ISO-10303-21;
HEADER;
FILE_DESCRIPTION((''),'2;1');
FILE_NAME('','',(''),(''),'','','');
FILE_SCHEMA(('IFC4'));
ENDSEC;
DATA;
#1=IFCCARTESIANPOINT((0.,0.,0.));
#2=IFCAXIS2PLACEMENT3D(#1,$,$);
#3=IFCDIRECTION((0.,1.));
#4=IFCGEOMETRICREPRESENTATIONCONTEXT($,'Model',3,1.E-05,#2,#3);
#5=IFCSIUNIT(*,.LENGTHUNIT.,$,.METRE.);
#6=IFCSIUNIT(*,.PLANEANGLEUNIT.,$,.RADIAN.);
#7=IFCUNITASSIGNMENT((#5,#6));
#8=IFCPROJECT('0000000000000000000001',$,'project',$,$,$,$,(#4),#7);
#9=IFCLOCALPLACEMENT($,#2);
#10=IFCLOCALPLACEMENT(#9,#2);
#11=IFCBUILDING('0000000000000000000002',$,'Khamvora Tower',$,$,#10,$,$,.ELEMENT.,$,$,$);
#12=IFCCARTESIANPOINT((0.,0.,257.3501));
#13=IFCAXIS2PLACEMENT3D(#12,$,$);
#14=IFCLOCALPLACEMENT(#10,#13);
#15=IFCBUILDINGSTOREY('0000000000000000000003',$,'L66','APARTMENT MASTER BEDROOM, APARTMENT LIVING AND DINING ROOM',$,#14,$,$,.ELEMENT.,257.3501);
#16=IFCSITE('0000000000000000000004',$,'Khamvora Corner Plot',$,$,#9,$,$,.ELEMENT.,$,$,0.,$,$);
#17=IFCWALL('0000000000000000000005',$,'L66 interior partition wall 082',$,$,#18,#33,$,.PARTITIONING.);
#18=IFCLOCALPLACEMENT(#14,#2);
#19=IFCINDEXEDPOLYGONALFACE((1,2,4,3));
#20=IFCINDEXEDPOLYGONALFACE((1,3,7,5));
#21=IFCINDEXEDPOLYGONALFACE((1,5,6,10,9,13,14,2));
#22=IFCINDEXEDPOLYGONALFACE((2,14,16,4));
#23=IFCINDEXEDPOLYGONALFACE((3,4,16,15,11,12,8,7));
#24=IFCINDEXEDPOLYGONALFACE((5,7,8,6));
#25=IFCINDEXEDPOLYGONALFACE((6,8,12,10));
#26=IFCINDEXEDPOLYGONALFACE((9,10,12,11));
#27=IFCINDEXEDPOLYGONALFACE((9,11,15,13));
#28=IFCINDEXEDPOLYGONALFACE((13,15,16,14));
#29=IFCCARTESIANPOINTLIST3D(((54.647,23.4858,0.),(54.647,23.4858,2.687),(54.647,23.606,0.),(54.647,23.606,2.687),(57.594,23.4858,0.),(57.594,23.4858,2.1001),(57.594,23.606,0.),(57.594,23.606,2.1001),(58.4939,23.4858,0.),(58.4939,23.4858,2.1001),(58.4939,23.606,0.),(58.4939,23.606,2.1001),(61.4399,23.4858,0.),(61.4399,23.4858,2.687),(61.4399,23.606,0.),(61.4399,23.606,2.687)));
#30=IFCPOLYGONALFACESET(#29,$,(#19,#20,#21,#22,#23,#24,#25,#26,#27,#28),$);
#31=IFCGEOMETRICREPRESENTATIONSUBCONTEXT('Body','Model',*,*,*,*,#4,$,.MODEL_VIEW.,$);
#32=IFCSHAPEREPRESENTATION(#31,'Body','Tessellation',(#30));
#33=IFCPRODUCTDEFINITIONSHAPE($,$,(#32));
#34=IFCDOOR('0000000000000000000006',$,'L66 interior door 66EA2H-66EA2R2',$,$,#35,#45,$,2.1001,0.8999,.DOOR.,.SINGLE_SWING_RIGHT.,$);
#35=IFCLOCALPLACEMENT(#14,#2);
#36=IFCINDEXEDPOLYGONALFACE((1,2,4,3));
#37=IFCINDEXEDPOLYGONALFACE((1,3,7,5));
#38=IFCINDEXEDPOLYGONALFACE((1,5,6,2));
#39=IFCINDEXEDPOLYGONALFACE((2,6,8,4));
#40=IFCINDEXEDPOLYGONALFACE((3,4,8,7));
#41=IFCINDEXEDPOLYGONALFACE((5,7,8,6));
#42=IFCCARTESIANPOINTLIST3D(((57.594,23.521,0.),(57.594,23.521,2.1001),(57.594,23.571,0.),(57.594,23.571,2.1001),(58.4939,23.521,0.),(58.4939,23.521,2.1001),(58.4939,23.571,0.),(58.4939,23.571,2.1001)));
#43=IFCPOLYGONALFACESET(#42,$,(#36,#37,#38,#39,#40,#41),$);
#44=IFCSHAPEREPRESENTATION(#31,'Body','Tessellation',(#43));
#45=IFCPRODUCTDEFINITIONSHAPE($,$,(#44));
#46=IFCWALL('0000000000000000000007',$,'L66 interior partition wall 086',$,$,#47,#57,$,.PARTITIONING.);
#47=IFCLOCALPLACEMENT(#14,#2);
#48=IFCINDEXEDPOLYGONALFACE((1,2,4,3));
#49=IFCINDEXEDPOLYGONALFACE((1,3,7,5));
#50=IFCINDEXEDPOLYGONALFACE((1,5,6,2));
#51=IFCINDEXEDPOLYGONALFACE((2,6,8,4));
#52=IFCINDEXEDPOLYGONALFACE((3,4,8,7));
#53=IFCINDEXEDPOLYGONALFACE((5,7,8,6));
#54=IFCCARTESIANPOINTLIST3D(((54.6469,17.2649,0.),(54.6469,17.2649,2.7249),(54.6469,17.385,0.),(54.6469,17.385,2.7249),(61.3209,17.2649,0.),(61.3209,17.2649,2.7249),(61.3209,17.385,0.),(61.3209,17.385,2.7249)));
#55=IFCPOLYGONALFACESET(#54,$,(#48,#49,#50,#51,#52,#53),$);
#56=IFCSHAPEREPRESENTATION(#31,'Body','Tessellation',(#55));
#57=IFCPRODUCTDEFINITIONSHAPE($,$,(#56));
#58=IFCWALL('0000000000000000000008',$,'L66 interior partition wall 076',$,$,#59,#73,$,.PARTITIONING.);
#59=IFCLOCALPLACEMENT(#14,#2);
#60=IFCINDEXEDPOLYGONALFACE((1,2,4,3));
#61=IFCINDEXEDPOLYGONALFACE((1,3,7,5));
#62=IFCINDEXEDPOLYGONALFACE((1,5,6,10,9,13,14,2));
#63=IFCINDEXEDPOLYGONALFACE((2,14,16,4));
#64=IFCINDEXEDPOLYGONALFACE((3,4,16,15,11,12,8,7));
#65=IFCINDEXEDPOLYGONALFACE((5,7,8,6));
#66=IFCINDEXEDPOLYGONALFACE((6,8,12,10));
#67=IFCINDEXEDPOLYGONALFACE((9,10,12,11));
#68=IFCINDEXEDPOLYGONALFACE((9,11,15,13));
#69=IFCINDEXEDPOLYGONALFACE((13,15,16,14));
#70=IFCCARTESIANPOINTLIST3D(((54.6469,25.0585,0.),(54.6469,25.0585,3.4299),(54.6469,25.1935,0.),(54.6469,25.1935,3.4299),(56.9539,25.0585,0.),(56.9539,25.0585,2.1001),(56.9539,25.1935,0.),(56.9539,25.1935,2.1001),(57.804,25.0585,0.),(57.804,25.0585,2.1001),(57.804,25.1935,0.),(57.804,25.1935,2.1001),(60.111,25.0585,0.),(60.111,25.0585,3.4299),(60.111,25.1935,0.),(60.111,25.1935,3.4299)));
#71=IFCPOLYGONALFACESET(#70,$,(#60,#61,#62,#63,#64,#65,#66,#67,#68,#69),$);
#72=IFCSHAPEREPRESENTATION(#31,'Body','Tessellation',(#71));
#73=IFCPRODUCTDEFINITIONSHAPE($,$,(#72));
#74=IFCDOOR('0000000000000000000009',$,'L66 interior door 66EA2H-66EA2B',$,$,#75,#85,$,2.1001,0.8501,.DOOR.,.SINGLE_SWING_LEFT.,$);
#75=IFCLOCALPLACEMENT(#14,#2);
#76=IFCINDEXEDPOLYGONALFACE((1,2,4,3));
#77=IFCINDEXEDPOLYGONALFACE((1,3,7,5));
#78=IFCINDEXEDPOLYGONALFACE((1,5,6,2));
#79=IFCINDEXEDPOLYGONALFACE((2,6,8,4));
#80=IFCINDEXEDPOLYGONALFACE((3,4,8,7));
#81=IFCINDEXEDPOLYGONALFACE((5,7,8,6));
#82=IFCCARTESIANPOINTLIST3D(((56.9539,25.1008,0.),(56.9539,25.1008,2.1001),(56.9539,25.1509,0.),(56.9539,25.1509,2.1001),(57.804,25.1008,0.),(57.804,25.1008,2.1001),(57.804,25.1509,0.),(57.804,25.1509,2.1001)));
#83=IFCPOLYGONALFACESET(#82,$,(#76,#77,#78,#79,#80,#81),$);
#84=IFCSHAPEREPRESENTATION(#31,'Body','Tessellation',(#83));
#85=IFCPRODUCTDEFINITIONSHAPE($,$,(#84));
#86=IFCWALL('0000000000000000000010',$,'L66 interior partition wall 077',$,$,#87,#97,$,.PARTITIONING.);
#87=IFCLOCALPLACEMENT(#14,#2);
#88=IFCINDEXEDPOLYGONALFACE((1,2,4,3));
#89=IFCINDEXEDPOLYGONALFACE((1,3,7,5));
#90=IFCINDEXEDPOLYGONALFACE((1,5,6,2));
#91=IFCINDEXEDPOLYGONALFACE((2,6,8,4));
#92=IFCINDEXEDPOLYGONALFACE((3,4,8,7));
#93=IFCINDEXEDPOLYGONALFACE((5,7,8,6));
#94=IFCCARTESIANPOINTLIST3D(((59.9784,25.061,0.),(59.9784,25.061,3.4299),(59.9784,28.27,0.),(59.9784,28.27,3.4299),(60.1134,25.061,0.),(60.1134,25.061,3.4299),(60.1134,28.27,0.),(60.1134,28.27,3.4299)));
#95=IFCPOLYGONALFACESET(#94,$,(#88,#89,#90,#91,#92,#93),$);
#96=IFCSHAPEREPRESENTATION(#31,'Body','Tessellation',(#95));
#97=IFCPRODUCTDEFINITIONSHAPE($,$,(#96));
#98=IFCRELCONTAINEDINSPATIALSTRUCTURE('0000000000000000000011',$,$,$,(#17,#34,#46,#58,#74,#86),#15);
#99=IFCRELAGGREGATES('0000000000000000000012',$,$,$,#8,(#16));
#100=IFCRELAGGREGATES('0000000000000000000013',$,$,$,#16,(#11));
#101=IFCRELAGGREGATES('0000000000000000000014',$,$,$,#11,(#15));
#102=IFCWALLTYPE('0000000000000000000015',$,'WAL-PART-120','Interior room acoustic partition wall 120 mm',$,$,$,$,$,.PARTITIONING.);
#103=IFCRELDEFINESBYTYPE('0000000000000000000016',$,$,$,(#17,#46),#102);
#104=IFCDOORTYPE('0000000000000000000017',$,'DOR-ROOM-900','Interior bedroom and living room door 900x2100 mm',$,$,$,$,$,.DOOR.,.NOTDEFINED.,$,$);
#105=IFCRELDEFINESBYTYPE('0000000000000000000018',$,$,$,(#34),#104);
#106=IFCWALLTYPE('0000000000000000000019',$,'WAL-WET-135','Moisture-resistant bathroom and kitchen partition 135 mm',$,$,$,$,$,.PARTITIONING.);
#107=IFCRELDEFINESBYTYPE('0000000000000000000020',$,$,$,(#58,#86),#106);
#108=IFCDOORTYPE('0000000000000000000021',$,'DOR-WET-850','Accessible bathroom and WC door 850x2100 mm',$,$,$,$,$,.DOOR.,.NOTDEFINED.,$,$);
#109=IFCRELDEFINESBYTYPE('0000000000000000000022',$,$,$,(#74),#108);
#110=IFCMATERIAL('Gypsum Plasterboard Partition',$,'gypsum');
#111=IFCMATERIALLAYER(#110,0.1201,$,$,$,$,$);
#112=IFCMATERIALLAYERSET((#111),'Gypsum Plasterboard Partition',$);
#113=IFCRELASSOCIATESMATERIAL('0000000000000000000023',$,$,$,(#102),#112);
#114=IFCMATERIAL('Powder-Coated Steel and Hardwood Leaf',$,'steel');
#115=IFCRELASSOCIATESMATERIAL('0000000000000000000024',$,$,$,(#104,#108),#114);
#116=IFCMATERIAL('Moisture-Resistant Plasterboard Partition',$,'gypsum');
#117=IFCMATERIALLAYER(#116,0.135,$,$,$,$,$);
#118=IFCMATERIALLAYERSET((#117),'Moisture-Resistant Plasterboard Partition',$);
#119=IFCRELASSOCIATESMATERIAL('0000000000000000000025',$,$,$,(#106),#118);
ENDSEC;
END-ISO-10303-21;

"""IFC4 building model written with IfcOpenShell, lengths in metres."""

from ifc_helpers import new_model, si_unit, direction, frame, frame_2d, origin, place, context, subcontext, project, spatial, rectangle, extrude, material, layer, layer_set, type_object, element, fill, save


model = new_model("IFC4")

# Units and contexts
model_context = context("Model", 3, precision=1e-05, world=origin(), true_north=direction((0.0, 1.0)))
body_context = subcontext(model_context, "Body", "Model", "MODEL_VIEW")
ifc_project = project(units=[si_unit("LENGTHUNIT", "METRE"), si_unit("PLANEANGLEUNIT", "RADIAN")], contexts=[model_context])

# Site, building, storey
site_placement = place(None, origin())
site = spatial("IfcSite", under=ifc_project, at=site_placement, Name="Khamvora Corner Plot", CompositionType="ELEMENT", RefElevation=0.0)
building_placement = place(site_placement, origin())
building = spatial("IfcBuilding", under=site, at=building_placement, Name="Khamvora Tower", CompositionType="ELEMENT")
storey_placement = place(building_placement, frame((0.0, 0.0, 257.3501)))
storey = spatial("IfcBuildingStorey", under=building, at=storey_placement, Name="L66", Description="APARTMENT MASTER BEDROOM, APARTMENT LIVING AND DINING ROOM", CompositionType="ELEMENT", Elevation=257.3501)

# Shared definitions
ifc_material_1 = material(Name="Gypsum Plasterboard Partition", Category="gypsum")
ifc_layer_1 = layer(ifc_material_1, 0.1201)
ifc_layer_set_1 = layer_set([ifc_layer_1], Name="Gypsum Plasterboard Partition")
wall_type_1 = type_object("IfcWallType", Name="WAL-PART-120", Description="Interior room acoustic partition wall 120 mm", PredefinedType="PARTITIONING", material=ifc_layer_set_1)

# Shared definitions
ifc_material_2 = material(Name="Powder-Coated Steel and Hardwood Leaf", Category="steel")
door_type_1 = type_object("IfcDoorType", Name="DOR-ROOM-900", Description="Interior bedroom and living room door 900x2100 mm", OperationType="NOTDEFINED", PredefinedType="DOOR", material=ifc_material_2)

# Wall, opening, door
wall_1_placement = place(storey_placement, frame((61.4399, 23.5459, 0.0), z_axis=(0.0, 0.0, 1.0), x_axis=(-1.0, 0.0, 0.0)))
wall_1 = element("IfcWall", 1, at=wall_1_placement, inside=storey, type_object=wall_type_1, Name="L66 interior partition wall 082", PredefinedType="PARTITIONING", context=body_context, shape_type="SweptSolid", body=[
    extrude(rectangle(XDim=6.793, YDim=0.1201, at=frame_2d((3.3965, 0.0))), origin(), (0.0, 0.0, 1.0), 2.687),
])
opening_1_placement = place(wall_1_placement, frame((2.946, 0.0, 0.0)))
opening_1 = element("IfcOpeningElement", 2, at=opening_1_placement, cuts=wall_1, PredefinedType="OPENING", context=body_context, shape_type="SweptSolid", body=[
    extrude(rectangle(XDim=0.8999, YDim=2.1001, at=frame_2d((0.45, 1.05))), frame((0.0, 0.0701, 0.0), z_axis=(0.0, -1.0, 0.0), x_axis=(1.0, 0.0, 0.0)), (0.0, 0.0, 1.0), 0.1401),
])
door_1_placement = place(opening_1_placement, origin())
door_1 = element("IfcDoor", 3, at=door_1_placement, inside=storey, type_object=door_type_1, Name="L66 interior door 66EA2H-66EA2R2", OperationType="SINGLE_SWING_RIGHT", OverallHeight=2.1001, OverallWidth=0.8999, PredefinedType="DOOR", context=body_context, shape_type="SweptSolid", body=[
    extrude(rectangle(XDim=0.8999, YDim=2.1001, at=frame_2d((0.45, 1.05))), frame((0.0, 0.0249, 0.0), z_axis=(0.0, -1.0, 0.0), x_axis=(1.0, 0.0, 0.0)), (0.0, 0.0, 1.0), 0.05),
])
fill(opening_1, door_1)

# Wall
wall_2_placement = place(storey_placement, frame((54.647, 17.325, 0.0), z_axis=(0.0, 0.0, 1.0), x_axis=(1.0, 0.0, 0.0)))
element("IfcWall", 4, at=wall_2_placement, inside=storey, type_object=wall_type_1, Name="L66 interior partition wall 086", PredefinedType="PARTITIONING", context=body_context, shape_type="SweptSolid", body=[
    extrude(rectangle(XDim=6.6741, YDim=0.1201, at=frame_2d((3.3369, 0.0))), origin(), (0.0, 0.0, 1.0), 2.7249),
])

# Wall, opening, door
ifc_material_3 = material(Name="Moisture-Resistant Plasterboard Partition", Category="gypsum")
ifc_layer_2 = layer(ifc_material_3, 0.135)
ifc_layer_set_2 = layer_set([ifc_layer_2], Name="Moisture-Resistant Plasterboard Partition")
wall_type_2 = type_object("IfcWallType", Name="WAL-WET-135", Description="Moisture-resistant bathroom and kitchen partition 135 mm", PredefinedType="PARTITIONING", material=ifc_layer_set_2)
wall_3_placement = place(storey_placement, frame((54.647, 25.126, 0.0), z_axis=(0.0, 0.0, 1.0), x_axis=(1.0, 0.0, 0.0)))
wall_3 = element("IfcWall", 5, at=wall_3_placement, inside=storey, type_object=wall_type_2, Name="L66 interior partition wall 076", PredefinedType="PARTITIONING", context=body_context, shape_type="SweptSolid", body=[
    extrude(rectangle(XDim=5.4641, YDim=0.135, at=frame_2d((2.7319, 0.0))), origin(), (0.0, 0.0, 1.0), 3.4299),
])
opening_2_placement = place(wall_3_placement, frame((2.3069, 0.0, 0.0)))
opening_2 = element("IfcOpeningElement", 6, at=opening_2_placement, cuts=wall_3, PredefinedType="OPENING", context=body_context, shape_type="SweptSolid", body=[
    extrude(rectangle(XDim=0.8501, YDim=2.1001, at=frame_2d((0.425, 1.05))), frame((0.0, 0.0774, 0.0), z_axis=(0.0, -1.0, 0.0), x_axis=(1.0, 0.0, 0.0)), (0.0, 0.0, 1.0), 0.155),
])
door_type_2 = type_object("IfcDoorType", Name="DOR-WET-850", Description="Accessible bathroom and WC door 850x2100 mm", OperationType="NOTDEFINED", PredefinedType="DOOR", material=ifc_material_2)
door_2_placement = place(opening_2_placement, origin())
door_2 = element("IfcDoor", 7, at=door_2_placement, inside=storey, type_object=door_type_2, Name="L66 interior door 66EA2H-66EA2B", OperationType="SINGLE_SWING_LEFT", OverallHeight=2.1001, OverallWidth=0.8501, PredefinedType="DOOR", context=body_context, shape_type="SweptSolid", body=[
    extrude(rectangle(XDim=0.8501, YDim=2.1001, at=frame_2d((0.425, 1.05))), frame((0.0, 0.0249, 0.0), z_axis=(0.0, -1.0, 0.0), x_axis=(1.0, 0.0, 0.0)), (0.0, 0.0, 1.0), 0.05),
])
fill(opening_2, door_2)

# Wall
wall_4_placement = place(storey_placement, frame((60.0459, 25.061, 0.0), z_axis=(0.0, 0.0, 1.0), x_axis=(0.0, 1.0, 0.0)))
element("IfcWall", 8, at=wall_4_placement, inside=storey, type_object=wall_type_2, Name="L66 interior partition wall 077", PredefinedType="PARTITIONING", context=body_context, shape_type="SweptSolid", body=[
    extrude(rectangle(XDim=3.209, YDim=0.135, at=frame_2d((1.6045, 0.0))), origin(), (0.0, 0.0, 1.0), 3.4299),
])

save(model, "model.ifc")
